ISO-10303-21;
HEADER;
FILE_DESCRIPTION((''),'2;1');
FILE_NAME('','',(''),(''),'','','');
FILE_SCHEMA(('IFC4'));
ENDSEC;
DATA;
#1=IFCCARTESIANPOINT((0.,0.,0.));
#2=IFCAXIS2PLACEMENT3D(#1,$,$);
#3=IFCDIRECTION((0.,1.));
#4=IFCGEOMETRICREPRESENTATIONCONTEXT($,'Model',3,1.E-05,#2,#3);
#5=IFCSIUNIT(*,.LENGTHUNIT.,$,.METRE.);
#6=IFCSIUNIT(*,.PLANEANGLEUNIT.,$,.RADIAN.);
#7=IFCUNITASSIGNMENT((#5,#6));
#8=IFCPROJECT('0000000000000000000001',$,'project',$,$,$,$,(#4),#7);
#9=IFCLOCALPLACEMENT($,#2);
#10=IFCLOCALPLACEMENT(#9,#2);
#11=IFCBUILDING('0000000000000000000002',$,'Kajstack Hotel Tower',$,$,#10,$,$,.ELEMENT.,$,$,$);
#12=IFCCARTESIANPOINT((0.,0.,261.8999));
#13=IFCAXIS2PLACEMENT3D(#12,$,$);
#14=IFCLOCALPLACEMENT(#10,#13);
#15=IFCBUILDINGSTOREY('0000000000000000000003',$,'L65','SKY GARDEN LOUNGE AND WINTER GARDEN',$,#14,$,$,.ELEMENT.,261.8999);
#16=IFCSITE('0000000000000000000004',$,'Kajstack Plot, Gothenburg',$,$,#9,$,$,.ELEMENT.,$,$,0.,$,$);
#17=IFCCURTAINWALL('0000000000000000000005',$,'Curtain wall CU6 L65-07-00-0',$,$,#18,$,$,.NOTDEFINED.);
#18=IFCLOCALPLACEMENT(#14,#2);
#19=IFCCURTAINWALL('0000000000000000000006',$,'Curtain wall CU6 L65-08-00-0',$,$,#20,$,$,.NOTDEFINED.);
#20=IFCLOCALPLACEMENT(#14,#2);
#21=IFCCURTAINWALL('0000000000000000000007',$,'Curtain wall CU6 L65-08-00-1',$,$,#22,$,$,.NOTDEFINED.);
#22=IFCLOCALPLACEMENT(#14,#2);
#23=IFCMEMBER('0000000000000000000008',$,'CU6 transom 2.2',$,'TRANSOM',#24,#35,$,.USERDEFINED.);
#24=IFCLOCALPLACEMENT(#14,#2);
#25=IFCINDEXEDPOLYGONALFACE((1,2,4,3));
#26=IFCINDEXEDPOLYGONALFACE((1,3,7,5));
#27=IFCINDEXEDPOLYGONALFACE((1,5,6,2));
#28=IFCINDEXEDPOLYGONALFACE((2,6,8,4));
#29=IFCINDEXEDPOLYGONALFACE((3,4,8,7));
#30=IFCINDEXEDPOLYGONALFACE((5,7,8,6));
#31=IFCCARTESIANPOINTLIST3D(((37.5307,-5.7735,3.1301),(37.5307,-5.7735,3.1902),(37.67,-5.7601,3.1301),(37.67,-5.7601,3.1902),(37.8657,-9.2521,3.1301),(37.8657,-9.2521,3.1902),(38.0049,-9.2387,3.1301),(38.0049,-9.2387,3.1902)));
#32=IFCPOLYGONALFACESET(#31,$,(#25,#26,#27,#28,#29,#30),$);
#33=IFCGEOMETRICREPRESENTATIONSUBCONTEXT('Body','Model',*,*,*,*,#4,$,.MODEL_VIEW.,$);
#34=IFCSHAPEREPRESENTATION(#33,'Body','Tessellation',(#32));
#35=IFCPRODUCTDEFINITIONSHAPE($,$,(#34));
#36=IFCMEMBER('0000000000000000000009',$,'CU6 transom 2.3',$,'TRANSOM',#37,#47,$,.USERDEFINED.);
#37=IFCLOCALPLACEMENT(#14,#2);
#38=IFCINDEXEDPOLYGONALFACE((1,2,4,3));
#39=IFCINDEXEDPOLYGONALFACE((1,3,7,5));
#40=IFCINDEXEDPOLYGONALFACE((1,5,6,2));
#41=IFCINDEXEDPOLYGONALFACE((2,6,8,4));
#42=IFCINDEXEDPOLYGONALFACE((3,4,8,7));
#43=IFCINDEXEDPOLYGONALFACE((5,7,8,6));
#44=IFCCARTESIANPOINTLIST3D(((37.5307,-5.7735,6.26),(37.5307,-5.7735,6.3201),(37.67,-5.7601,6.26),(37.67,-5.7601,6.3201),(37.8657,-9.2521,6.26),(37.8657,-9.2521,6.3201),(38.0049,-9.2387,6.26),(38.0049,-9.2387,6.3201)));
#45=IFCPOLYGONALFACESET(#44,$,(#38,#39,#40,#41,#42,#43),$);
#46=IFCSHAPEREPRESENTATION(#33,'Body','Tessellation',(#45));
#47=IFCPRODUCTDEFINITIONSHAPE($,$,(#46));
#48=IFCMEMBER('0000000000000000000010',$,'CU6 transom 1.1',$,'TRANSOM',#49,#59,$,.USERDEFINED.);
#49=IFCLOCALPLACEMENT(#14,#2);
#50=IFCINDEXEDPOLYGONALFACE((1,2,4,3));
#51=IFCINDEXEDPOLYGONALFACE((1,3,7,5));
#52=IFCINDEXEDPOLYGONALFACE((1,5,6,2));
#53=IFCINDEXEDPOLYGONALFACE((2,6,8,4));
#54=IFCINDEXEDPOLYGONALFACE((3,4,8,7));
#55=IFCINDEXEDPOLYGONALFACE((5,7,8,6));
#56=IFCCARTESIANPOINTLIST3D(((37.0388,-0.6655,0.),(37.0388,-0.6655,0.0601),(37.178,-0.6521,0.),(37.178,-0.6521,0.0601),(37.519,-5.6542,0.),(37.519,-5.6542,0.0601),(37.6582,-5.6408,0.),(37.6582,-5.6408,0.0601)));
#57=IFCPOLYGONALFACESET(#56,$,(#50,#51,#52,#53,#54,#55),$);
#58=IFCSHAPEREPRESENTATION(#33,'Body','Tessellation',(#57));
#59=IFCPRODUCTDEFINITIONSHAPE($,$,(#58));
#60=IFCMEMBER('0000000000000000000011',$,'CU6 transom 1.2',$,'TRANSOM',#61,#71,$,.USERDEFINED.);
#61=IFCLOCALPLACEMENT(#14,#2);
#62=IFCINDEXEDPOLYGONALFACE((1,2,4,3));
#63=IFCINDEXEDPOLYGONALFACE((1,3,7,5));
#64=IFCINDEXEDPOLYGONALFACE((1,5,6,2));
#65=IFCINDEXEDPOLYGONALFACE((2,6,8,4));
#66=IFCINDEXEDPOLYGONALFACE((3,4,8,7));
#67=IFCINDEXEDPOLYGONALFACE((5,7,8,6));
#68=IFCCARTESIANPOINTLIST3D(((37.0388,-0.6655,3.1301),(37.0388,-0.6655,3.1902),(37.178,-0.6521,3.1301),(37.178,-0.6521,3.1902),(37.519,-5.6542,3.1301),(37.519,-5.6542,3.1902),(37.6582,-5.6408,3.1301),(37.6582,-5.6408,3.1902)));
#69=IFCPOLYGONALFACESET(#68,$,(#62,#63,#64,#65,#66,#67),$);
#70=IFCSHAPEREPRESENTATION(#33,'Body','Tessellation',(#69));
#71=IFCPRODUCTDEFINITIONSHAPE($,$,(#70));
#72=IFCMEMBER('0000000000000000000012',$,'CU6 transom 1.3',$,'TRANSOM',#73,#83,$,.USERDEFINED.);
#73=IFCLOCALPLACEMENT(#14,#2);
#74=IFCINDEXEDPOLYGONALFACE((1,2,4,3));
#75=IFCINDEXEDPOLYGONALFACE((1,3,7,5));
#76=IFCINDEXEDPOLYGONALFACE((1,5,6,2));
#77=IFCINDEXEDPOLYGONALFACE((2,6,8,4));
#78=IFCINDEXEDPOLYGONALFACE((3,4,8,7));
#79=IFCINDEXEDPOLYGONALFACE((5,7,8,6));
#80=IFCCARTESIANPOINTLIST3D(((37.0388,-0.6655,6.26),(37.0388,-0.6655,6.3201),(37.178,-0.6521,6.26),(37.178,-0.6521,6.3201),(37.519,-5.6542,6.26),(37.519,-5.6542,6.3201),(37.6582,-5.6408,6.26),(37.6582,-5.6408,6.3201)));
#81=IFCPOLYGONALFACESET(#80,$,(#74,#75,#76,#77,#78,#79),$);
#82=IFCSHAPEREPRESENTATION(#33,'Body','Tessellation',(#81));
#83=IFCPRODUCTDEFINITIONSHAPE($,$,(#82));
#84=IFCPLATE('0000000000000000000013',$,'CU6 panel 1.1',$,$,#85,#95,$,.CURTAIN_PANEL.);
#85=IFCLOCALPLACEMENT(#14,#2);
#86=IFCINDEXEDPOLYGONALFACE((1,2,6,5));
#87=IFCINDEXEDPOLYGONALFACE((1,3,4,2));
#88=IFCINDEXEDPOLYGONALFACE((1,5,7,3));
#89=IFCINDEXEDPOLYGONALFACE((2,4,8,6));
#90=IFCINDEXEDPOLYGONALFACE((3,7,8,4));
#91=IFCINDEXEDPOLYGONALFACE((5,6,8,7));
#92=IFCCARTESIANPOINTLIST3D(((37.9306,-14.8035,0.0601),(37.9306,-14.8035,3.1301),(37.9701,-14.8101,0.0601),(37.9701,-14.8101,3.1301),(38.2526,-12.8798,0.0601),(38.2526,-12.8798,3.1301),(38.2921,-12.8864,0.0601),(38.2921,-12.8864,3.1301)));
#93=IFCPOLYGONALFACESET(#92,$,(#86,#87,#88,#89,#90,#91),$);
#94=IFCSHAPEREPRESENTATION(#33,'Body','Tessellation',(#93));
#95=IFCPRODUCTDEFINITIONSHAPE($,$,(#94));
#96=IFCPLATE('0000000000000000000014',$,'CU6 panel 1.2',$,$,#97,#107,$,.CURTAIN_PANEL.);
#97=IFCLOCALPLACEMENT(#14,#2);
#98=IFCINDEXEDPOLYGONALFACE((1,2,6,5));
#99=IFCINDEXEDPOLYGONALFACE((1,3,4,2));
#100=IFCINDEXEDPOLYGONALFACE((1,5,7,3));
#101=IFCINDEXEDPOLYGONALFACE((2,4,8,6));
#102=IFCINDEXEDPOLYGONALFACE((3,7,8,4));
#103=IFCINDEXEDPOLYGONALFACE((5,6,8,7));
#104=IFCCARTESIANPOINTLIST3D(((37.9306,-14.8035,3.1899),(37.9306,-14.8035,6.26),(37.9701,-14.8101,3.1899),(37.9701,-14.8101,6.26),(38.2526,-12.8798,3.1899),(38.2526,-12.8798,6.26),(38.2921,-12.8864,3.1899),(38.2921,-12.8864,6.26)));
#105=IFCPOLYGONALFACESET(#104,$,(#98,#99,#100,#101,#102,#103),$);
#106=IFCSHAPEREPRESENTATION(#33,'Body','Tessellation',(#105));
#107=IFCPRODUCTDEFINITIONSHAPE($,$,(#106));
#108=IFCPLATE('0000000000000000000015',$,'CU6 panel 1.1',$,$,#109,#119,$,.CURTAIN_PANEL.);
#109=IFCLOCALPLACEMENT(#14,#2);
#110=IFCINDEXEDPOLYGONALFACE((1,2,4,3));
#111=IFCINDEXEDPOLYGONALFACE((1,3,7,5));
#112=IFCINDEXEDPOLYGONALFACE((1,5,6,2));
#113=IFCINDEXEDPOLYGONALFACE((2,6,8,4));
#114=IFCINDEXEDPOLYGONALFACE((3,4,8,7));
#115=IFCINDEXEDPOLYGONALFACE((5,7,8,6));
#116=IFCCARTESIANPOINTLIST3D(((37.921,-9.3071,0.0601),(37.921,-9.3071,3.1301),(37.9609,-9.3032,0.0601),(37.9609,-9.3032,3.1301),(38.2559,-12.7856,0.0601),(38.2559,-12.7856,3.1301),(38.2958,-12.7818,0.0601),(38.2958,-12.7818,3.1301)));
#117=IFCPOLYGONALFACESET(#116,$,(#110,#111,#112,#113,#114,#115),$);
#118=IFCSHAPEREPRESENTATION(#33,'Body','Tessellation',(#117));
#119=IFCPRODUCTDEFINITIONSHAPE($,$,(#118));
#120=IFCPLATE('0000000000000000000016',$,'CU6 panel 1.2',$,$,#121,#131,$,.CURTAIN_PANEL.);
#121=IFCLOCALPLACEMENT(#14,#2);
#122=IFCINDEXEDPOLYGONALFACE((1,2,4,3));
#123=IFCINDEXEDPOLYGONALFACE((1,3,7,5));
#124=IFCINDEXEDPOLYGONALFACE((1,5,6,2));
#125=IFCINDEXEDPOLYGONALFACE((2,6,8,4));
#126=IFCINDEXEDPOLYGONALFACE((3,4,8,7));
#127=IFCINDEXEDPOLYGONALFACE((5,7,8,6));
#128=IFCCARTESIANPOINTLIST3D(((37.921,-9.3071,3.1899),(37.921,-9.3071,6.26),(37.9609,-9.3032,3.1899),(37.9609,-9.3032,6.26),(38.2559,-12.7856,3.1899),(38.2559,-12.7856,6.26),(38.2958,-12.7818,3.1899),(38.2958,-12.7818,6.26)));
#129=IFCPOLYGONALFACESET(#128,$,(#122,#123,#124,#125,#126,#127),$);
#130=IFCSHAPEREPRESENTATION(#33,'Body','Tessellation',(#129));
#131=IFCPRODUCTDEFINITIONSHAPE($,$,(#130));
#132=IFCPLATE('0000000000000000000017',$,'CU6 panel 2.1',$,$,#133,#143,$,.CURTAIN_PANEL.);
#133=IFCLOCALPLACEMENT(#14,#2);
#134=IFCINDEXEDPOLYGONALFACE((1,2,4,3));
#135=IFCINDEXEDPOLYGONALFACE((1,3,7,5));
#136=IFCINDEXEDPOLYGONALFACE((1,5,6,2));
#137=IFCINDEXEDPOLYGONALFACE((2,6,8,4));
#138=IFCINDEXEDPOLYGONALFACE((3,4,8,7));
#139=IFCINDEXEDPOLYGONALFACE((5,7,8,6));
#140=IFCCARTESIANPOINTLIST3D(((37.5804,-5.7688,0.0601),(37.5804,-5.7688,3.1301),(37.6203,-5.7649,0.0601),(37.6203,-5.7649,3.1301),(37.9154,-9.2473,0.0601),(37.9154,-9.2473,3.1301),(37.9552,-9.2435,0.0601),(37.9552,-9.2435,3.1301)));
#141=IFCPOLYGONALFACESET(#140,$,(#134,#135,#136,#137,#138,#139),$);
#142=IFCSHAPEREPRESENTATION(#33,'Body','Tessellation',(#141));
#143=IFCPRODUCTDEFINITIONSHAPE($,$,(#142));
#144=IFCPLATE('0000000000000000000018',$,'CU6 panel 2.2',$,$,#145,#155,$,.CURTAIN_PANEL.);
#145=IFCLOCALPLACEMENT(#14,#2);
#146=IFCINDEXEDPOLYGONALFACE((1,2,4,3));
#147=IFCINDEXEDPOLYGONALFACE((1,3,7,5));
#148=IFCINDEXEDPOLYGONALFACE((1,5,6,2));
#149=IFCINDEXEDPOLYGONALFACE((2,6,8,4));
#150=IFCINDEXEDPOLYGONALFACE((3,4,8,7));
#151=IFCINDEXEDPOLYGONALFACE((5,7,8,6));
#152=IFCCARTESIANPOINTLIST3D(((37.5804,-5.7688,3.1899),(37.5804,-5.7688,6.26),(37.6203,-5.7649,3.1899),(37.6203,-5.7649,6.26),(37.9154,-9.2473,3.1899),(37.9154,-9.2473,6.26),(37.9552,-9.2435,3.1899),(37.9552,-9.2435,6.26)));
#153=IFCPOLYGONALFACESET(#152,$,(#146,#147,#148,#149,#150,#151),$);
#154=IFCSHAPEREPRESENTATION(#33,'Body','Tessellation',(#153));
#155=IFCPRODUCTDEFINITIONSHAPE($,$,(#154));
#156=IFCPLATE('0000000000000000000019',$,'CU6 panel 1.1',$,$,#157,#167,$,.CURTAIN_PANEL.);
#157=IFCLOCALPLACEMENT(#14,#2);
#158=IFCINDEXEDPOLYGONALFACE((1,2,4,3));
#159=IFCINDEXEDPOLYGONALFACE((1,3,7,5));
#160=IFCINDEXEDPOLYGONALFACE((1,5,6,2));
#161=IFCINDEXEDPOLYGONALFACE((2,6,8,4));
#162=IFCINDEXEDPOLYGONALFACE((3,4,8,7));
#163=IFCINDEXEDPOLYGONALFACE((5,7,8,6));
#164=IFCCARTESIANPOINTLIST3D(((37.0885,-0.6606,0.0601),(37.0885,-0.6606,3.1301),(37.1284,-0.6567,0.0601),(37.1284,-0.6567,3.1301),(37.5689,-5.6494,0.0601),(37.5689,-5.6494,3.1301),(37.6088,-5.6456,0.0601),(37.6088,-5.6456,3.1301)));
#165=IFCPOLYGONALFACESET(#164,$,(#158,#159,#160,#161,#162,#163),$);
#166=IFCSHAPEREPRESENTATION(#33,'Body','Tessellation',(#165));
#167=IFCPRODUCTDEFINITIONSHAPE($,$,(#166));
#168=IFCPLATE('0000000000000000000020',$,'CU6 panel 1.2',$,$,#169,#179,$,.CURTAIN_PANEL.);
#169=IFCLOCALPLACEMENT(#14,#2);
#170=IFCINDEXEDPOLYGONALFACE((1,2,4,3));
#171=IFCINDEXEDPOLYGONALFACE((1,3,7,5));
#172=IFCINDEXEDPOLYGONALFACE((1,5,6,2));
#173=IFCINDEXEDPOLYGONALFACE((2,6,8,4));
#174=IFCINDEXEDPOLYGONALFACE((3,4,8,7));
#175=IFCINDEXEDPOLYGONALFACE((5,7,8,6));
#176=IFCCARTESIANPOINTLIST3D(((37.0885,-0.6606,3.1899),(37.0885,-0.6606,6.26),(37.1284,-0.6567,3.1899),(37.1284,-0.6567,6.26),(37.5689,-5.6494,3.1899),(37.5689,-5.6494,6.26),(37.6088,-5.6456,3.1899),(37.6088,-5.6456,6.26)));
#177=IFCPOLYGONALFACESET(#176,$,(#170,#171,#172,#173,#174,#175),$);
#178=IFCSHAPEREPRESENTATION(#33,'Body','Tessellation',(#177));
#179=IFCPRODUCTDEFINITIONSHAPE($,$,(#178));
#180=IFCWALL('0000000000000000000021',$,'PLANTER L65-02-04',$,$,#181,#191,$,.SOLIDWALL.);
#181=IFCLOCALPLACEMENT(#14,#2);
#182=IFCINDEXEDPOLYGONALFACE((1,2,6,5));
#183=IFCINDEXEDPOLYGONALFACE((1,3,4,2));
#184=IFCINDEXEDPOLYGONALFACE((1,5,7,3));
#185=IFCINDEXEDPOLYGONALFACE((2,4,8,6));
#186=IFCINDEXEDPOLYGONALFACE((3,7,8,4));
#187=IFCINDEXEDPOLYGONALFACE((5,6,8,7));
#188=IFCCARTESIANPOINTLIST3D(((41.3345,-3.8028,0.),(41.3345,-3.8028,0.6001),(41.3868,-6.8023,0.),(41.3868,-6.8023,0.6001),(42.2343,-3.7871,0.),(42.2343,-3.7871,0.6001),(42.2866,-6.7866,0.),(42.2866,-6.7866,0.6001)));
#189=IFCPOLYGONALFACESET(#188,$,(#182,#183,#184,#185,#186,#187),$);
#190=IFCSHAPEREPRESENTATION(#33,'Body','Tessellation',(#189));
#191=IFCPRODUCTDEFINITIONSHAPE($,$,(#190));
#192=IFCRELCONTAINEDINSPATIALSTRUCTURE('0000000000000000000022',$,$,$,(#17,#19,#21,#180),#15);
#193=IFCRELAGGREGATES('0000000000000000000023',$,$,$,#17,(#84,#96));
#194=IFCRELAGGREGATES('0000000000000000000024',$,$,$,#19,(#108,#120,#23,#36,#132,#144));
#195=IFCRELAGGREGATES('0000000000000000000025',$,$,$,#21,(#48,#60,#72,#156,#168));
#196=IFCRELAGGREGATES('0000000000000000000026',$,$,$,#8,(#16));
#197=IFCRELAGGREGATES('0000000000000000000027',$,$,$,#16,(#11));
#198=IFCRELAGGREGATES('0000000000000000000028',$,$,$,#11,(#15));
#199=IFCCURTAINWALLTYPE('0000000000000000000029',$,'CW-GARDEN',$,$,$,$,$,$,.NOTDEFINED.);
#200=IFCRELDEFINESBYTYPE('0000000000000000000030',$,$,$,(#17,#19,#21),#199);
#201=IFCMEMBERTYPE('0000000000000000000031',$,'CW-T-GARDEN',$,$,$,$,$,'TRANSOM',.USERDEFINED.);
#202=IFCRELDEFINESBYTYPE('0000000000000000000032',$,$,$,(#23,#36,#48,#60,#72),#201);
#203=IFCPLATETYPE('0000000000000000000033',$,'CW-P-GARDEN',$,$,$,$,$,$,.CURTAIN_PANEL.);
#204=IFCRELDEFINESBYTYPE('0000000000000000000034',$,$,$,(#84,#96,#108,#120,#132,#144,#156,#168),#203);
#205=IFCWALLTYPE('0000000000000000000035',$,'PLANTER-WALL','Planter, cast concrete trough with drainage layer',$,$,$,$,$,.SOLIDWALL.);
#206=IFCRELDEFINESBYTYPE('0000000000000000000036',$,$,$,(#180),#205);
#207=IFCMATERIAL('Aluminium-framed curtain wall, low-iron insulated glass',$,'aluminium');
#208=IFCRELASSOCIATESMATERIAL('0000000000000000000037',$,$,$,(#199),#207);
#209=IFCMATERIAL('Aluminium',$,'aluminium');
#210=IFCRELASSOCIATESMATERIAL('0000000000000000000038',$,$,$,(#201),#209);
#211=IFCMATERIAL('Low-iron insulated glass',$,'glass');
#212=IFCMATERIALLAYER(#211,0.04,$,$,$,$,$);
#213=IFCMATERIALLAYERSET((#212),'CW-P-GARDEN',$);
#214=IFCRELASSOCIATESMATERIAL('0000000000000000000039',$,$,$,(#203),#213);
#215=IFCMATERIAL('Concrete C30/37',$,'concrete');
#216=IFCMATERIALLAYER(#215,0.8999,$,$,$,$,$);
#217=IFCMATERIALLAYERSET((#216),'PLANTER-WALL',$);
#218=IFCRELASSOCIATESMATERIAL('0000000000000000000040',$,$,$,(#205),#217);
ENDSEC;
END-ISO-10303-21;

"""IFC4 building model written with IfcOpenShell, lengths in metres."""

from ifc_helpers import new_model, si_unit, direction, frame, frame_2d, origin, origin_2d, place, context, subcontext, project, spatial, rectangle, extrude, material, layer, layer_set, material_profile, profile_set, type_object, element, aggregate, save


model = new_model("IFC4")

# Units and contexts
model_context = context("Model", 3, precision=1e-05, world=origin(), true_north=direction((0.0, 1.0)))
body_context = subcontext(model_context, "Body", "Model", "MODEL_VIEW")
ifc_project = project(units=[si_unit("LENGTHUNIT", "METRE"), si_unit("PLANEANGLEUNIT", "RADIAN")], contexts=[model_context])

# Site, building, storey
site_placement = place(None, origin())
site = spatial("IfcSite", under=ifc_project, at=site_placement, Name="Kajstack Plot, Gothenburg", CompositionType="ELEMENT", RefElevation=0.0)
building_placement = place(site_placement, origin())
building = spatial("IfcBuilding", under=site, at=building_placement, Name="Kajstack Hotel Tower", CompositionType="ELEMENT")
storey_placement = place(building_placement, frame((0.0, 0.0, 261.8999)))
storey = spatial("IfcBuildingStorey", under=building, at=storey_placement, Name="L65", Description="SKY GARDEN LOUNGE AND WINTER GARDEN", CompositionType="ELEMENT", Elevation=261.8999)

# Curtain wall
ifc_material_1 = material(Name="Aluminium-framed curtain wall, low-iron insulated glass", Category="aluminium")
curtain_wall_type = type_object("IfcCurtainWallType", Name="CW-GARDEN", PredefinedType="NOTDEFINED", material=ifc_material_1)
curtain_wall_1_placement = place(storey_placement, origin())
curtain_wall_1 = element("IfcCurtainWall", 1, at=curtain_wall_1_placement, inside=storey, type_object=curtain_wall_type, Name="Curtain wall CU6 L65-07-00-0", PredefinedType="NOTDEFINED")
ifc_material_2 = material(Name="Aluminium", Category="aluminium")

# Curtain walls
curtain_wall_2_placement = place(storey_placement, origin())
curtain_wall_2 = element("IfcCurtainWall", 2, at=curtain_wall_2_placement, inside=storey, type_object=curtain_wall_type, Name="Curtain wall CU6 L65-08-00-0", PredefinedType="NOTDEFINED")
curtain_wall_3_placement = place(storey_placement, origin())
curtain_wall_3 = element("IfcCurtainWall", 3, at=curtain_wall_3_placement, inside=storey, type_object=curtain_wall_type, Name="Curtain wall CU6 L65-08-00-1", PredefinedType="NOTDEFINED")

# Members
ifc_material_profile_1 = material_profile(ifc_material_2, rectangle(XDim=0.1399, YDim=0.0601, at=origin_2d()), Name="Aluminium transom 140 x 60")
ifc_profile_set_1 = profile_set([ifc_material_profile_1], Name="Aluminium")
member_type_1 = type_object("IfcMemberType", Name="CW-T-GARDEN", ElementType="TRANSOM", PredefinedType="USERDEFINED", material=ifc_profile_set_1)
member_1_placement = place(storey_placement, frame((37.9353, -9.2454, 3.1602), z_axis=(-0.095851, 0.995396, 0.0), x_axis=(-0.995396, -0.095851, 0.0)))
member_1 = element("IfcMember", 4, at=member_1_placement, type_object=member_type_1, Name="CU6 transom 2.2", ObjectType="TRANSOM", PredefinedType="USERDEFINED", context=body_context, shape_type="SweptSolid", body=[
    extrude(rectangle(XDim=0.1399, YDim=0.0601, at=origin_2d()), origin(), (0.0, 0.0, 1.0), 3.4946),
])
member_2_placement = place(storey_placement, frame((37.9353, -9.2454, 6.29), z_axis=(-0.095851, 0.995396, 0.0), x_axis=(-0.995396, -0.095851, 0.0)))
member_2 = element("IfcMember", 5, at=member_2_placement, type_object=member_type_1, Name="CU6 transom 2.3", ObjectType="TRANSOM", PredefinedType="USERDEFINED", context=body_context, shape_type="SweptSolid", body=[
    extrude(rectangle(XDim=0.1399, YDim=0.0601, at=origin_2d()), origin(), (0.0, 0.0, 1.0), 3.4946),
])
member_3_placement = place(storey_placement, frame((37.5886, -5.6475, 0.03), z_axis=(-0.095818, 0.995399, 0.0), x_axis=(-0.995399, -0.095818, 0.0)))
member_3 = element("IfcMember", 6, at=member_3_placement, type_object=member_type_1, Name="CU6 transom 1.1", ObjectType="TRANSOM", PredefinedType="USERDEFINED", context=body_context, shape_type="SweptSolid", body=[
    extrude(rectangle(XDim=0.1399, YDim=0.0601, at=origin_2d()), origin(), (0.0, 0.0, 1.0), 5.0117),
])
member_4_placement = place(storey_placement, frame((37.5886, -5.6475, 3.1602), z_axis=(-0.095818, 0.995399, 0.0), x_axis=(-0.995399, -0.095818, 0.0)))
member_4 = element("IfcMember", 7, at=member_4_placement, type_object=member_type_1, Name="CU6 transom 1.2", ObjectType="TRANSOM", PredefinedType="USERDEFINED", context=body_context, shape_type="SweptSolid", body=[
    extrude(rectangle(XDim=0.1399, YDim=0.0601, at=origin_2d()), origin(), (0.0, 0.0, 1.0), 5.0117),
])
member_5_placement = place(storey_placement, frame((37.5886, -5.6475, 6.29), z_axis=(-0.095818, 0.995399, 0.0), x_axis=(-0.995399, -0.095818, 0.0)))
member_5 = element("IfcMember", 8, at=member_5_placement, type_object=member_type_1, Name="CU6 transom 1.3", ObjectType="TRANSOM", PredefinedType="USERDEFINED", context=body_context, shape_type="SweptSolid", body=[
    extrude(rectangle(XDim=0.1399, YDim=0.0601, at=origin_2d()), origin(), (0.0, 0.0, 1.0), 5.0117),
])

# Plates
ifc_material_3 = material(Name="Low-iron insulated glass", Category="glass")
ifc_layer_1 = layer(ifc_material_3, 0.04)
ifc_layer_set_1 = layer_set([ifc_layer_1], Name="CW-P-GARDEN")
plate_type = type_object("IfcPlateType", Name="CW-P-GARDEN", PredefinedType="CURTAIN_PANEL", material=ifc_layer_set_1)
plate_1_placement = place(storey_placement, frame((38.1113, -13.845, 0.0601), z_axis=(0.0, 0.0, 1.0), x_axis=(0.16508, 0.98628, 0.0)))
plate_1 = element("IfcPlate", 9, at=plate_1_placement, type_object=plate_type, Name="CU6 panel 1.1", PredefinedType="CURTAIN_PANEL", context=body_context, shape_type="SweptSolid", body=[
    extrude(rectangle(XDim=1.9504, YDim=0.04, at=origin_2d()), origin(), (0.0, 0.0, 1.0), 3.0701),
])
plate_2_placement = place(storey_placement, frame((38.1113, -13.845, 3.1899), z_axis=(0.0, 0.0, 1.0), x_axis=(0.16508, 0.98628, 0.0)))
plate_2 = element("IfcPlate", 10, at=plate_2_placement, type_object=plate_type, Name="CU6 panel 1.2", PredefinedType="CURTAIN_PANEL", context=body_context, shape_type="SweptSolid", body=[
    extrude(rectangle(XDim=1.9504, YDim=0.04, at=origin_2d()), origin(), (0.0, 0.0, 1.0), 3.0701),
])
aggregate(curtain_wall_1, [plate_1, plate_2])
plate_3_placement = place(storey_placement, frame((38.1084, -11.0444, 0.0601), z_axis=(0.0, 0.0, 1.0), x_axis=(-0.095847, 0.995396, 0.0)))
plate_3 = element("IfcPlate", 11, at=plate_3_placement, type_object=plate_type, Name="CU6 panel 1.1", PredefinedType="CURTAIN_PANEL", context=body_context, shape_type="SweptSolid", body=[
    extrude(rectangle(XDim=3.4946, YDim=0.04, at=origin_2d()), origin(), (0.0, 0.0, 1.0), 3.0701),
])
plate_4_placement = place(storey_placement, frame((38.1084, -11.0444, 3.1899), z_axis=(0.0, 0.0, 1.0), x_axis=(-0.095847, 0.995396, 0.0)))
plate_4 = element("IfcPlate", 12, at=plate_4_placement, type_object=plate_type, Name="CU6 panel 1.2", PredefinedType="CURTAIN_PANEL", context=body_context, shape_type="SweptSolid", body=[
    extrude(rectangle(XDim=3.4946, YDim=0.04, at=origin_2d()), origin(), (0.0, 0.0, 1.0), 3.0701),
])
plate_5_placement = place(storey_placement, frame((37.7678, -7.5061, 0.0601), z_axis=(0.0, 0.0, 1.0), x_axis=(-0.095847, 0.995396, 0.0)))
plate_5 = element("IfcPlate", 13, at=plate_5_placement, type_object=plate_type, Name="CU6 panel 2.1", PredefinedType="CURTAIN_PANEL", context=body_context, shape_type="SweptSolid", body=[
    extrude(rectangle(XDim=3.4946, YDim=0.04, at=origin_2d()), origin(), (0.0, 0.0, 1.0), 3.0701),
])
plate_6_placement = place(storey_placement, frame((37.7678, -7.5061, 3.1899), z_axis=(0.0, 0.0, 1.0), x_axis=(-0.095847, 0.995396, 0.0)))
plate_6 = element("IfcPlate", 14, at=plate_6_placement, type_object=plate_type, Name="CU6 panel 2.2", PredefinedType="CURTAIN_PANEL", context=body_context, shape_type="SweptSolid", body=[
    extrude(rectangle(XDim=3.4946, YDim=0.04, at=origin_2d()), origin(), (0.0, 0.0, 1.0), 3.0701),
])
aggregate(curtain_wall_2, [plate_3, plate_4, member_1, member_2, plate_5, plate_6])
plate_7_placement = place(storey_placement, frame((37.3486, -3.1531, 0.0601), z_axis=(0.0, 0.0, 1.0), x_axis=(-0.095847, 0.995396, 0.0)))
plate_7 = element("IfcPlate", 15, at=plate_7_placement, type_object=plate_type, Name="CU6 panel 1.1", PredefinedType="CURTAIN_PANEL", context=body_context, shape_type="SweptSolid", body=[
    extrude(rectangle(XDim=5.012, YDim=0.04, at=origin_2d()), origin(), (0.0, 0.0, 1.0), 3.0701),
])
plate_8_placement = place(storey_placement, frame((37.3486, -3.1531, 3.1899), z_axis=(0.0, 0.0, 1.0), x_axis=(-0.095847, 0.995396, 0.0)))
plate_8 = element("IfcPlate", 16, at=plate_8_placement, type_object=plate_type, Name="CU6 panel 1.2", PredefinedType="CURTAIN_PANEL", context=body_context, shape_type="SweptSolid", body=[
    extrude(rectangle(XDim=5.012, YDim=0.04, at=origin_2d()), origin(), (0.0, 0.0, 1.0), 3.0701),
])
aggregate(curtain_wall_3, [member_3, member_4, member_5, plate_7, plate_8])

# Wall
ifc_material_4 = material(Name="Concrete C30/37", Category="concrete")
ifc_layer_2 = layer(ifc_material_4, 0.8999)
ifc_layer_set_2 = layer_set([ifc_layer_2], Name="PLANTER-WALL")
wall_type_1 = type_object("IfcWallType", Name="PLANTER-WALL", Description="Planter, cast concrete trough with drainage layer", PredefinedType="SOLIDWALL", material=ifc_layer_set_2)
wall_1_placement = place(storey_placement, frame((41.7844, -3.7949, 0.0), z_axis=(0.0, 0.0, 1.0), x_axis=(0.017416, -0.999848, 0.0)))
element("IfcWall", 17, at=wall_1_placement, inside=storey, type_object=wall_type_1, Name="PLANTER L65-02-04", PredefinedType="SOLIDWALL", context=body_context, shape_type="SweptSolid", body=[
    extrude(rectangle(XDim=3.0, YDim=0.8999, at=frame_2d((1.5, 0.0))), origin(), (0.0, 0.0, 1.0), 0.6001),
])

save(model, "model.ifc")
